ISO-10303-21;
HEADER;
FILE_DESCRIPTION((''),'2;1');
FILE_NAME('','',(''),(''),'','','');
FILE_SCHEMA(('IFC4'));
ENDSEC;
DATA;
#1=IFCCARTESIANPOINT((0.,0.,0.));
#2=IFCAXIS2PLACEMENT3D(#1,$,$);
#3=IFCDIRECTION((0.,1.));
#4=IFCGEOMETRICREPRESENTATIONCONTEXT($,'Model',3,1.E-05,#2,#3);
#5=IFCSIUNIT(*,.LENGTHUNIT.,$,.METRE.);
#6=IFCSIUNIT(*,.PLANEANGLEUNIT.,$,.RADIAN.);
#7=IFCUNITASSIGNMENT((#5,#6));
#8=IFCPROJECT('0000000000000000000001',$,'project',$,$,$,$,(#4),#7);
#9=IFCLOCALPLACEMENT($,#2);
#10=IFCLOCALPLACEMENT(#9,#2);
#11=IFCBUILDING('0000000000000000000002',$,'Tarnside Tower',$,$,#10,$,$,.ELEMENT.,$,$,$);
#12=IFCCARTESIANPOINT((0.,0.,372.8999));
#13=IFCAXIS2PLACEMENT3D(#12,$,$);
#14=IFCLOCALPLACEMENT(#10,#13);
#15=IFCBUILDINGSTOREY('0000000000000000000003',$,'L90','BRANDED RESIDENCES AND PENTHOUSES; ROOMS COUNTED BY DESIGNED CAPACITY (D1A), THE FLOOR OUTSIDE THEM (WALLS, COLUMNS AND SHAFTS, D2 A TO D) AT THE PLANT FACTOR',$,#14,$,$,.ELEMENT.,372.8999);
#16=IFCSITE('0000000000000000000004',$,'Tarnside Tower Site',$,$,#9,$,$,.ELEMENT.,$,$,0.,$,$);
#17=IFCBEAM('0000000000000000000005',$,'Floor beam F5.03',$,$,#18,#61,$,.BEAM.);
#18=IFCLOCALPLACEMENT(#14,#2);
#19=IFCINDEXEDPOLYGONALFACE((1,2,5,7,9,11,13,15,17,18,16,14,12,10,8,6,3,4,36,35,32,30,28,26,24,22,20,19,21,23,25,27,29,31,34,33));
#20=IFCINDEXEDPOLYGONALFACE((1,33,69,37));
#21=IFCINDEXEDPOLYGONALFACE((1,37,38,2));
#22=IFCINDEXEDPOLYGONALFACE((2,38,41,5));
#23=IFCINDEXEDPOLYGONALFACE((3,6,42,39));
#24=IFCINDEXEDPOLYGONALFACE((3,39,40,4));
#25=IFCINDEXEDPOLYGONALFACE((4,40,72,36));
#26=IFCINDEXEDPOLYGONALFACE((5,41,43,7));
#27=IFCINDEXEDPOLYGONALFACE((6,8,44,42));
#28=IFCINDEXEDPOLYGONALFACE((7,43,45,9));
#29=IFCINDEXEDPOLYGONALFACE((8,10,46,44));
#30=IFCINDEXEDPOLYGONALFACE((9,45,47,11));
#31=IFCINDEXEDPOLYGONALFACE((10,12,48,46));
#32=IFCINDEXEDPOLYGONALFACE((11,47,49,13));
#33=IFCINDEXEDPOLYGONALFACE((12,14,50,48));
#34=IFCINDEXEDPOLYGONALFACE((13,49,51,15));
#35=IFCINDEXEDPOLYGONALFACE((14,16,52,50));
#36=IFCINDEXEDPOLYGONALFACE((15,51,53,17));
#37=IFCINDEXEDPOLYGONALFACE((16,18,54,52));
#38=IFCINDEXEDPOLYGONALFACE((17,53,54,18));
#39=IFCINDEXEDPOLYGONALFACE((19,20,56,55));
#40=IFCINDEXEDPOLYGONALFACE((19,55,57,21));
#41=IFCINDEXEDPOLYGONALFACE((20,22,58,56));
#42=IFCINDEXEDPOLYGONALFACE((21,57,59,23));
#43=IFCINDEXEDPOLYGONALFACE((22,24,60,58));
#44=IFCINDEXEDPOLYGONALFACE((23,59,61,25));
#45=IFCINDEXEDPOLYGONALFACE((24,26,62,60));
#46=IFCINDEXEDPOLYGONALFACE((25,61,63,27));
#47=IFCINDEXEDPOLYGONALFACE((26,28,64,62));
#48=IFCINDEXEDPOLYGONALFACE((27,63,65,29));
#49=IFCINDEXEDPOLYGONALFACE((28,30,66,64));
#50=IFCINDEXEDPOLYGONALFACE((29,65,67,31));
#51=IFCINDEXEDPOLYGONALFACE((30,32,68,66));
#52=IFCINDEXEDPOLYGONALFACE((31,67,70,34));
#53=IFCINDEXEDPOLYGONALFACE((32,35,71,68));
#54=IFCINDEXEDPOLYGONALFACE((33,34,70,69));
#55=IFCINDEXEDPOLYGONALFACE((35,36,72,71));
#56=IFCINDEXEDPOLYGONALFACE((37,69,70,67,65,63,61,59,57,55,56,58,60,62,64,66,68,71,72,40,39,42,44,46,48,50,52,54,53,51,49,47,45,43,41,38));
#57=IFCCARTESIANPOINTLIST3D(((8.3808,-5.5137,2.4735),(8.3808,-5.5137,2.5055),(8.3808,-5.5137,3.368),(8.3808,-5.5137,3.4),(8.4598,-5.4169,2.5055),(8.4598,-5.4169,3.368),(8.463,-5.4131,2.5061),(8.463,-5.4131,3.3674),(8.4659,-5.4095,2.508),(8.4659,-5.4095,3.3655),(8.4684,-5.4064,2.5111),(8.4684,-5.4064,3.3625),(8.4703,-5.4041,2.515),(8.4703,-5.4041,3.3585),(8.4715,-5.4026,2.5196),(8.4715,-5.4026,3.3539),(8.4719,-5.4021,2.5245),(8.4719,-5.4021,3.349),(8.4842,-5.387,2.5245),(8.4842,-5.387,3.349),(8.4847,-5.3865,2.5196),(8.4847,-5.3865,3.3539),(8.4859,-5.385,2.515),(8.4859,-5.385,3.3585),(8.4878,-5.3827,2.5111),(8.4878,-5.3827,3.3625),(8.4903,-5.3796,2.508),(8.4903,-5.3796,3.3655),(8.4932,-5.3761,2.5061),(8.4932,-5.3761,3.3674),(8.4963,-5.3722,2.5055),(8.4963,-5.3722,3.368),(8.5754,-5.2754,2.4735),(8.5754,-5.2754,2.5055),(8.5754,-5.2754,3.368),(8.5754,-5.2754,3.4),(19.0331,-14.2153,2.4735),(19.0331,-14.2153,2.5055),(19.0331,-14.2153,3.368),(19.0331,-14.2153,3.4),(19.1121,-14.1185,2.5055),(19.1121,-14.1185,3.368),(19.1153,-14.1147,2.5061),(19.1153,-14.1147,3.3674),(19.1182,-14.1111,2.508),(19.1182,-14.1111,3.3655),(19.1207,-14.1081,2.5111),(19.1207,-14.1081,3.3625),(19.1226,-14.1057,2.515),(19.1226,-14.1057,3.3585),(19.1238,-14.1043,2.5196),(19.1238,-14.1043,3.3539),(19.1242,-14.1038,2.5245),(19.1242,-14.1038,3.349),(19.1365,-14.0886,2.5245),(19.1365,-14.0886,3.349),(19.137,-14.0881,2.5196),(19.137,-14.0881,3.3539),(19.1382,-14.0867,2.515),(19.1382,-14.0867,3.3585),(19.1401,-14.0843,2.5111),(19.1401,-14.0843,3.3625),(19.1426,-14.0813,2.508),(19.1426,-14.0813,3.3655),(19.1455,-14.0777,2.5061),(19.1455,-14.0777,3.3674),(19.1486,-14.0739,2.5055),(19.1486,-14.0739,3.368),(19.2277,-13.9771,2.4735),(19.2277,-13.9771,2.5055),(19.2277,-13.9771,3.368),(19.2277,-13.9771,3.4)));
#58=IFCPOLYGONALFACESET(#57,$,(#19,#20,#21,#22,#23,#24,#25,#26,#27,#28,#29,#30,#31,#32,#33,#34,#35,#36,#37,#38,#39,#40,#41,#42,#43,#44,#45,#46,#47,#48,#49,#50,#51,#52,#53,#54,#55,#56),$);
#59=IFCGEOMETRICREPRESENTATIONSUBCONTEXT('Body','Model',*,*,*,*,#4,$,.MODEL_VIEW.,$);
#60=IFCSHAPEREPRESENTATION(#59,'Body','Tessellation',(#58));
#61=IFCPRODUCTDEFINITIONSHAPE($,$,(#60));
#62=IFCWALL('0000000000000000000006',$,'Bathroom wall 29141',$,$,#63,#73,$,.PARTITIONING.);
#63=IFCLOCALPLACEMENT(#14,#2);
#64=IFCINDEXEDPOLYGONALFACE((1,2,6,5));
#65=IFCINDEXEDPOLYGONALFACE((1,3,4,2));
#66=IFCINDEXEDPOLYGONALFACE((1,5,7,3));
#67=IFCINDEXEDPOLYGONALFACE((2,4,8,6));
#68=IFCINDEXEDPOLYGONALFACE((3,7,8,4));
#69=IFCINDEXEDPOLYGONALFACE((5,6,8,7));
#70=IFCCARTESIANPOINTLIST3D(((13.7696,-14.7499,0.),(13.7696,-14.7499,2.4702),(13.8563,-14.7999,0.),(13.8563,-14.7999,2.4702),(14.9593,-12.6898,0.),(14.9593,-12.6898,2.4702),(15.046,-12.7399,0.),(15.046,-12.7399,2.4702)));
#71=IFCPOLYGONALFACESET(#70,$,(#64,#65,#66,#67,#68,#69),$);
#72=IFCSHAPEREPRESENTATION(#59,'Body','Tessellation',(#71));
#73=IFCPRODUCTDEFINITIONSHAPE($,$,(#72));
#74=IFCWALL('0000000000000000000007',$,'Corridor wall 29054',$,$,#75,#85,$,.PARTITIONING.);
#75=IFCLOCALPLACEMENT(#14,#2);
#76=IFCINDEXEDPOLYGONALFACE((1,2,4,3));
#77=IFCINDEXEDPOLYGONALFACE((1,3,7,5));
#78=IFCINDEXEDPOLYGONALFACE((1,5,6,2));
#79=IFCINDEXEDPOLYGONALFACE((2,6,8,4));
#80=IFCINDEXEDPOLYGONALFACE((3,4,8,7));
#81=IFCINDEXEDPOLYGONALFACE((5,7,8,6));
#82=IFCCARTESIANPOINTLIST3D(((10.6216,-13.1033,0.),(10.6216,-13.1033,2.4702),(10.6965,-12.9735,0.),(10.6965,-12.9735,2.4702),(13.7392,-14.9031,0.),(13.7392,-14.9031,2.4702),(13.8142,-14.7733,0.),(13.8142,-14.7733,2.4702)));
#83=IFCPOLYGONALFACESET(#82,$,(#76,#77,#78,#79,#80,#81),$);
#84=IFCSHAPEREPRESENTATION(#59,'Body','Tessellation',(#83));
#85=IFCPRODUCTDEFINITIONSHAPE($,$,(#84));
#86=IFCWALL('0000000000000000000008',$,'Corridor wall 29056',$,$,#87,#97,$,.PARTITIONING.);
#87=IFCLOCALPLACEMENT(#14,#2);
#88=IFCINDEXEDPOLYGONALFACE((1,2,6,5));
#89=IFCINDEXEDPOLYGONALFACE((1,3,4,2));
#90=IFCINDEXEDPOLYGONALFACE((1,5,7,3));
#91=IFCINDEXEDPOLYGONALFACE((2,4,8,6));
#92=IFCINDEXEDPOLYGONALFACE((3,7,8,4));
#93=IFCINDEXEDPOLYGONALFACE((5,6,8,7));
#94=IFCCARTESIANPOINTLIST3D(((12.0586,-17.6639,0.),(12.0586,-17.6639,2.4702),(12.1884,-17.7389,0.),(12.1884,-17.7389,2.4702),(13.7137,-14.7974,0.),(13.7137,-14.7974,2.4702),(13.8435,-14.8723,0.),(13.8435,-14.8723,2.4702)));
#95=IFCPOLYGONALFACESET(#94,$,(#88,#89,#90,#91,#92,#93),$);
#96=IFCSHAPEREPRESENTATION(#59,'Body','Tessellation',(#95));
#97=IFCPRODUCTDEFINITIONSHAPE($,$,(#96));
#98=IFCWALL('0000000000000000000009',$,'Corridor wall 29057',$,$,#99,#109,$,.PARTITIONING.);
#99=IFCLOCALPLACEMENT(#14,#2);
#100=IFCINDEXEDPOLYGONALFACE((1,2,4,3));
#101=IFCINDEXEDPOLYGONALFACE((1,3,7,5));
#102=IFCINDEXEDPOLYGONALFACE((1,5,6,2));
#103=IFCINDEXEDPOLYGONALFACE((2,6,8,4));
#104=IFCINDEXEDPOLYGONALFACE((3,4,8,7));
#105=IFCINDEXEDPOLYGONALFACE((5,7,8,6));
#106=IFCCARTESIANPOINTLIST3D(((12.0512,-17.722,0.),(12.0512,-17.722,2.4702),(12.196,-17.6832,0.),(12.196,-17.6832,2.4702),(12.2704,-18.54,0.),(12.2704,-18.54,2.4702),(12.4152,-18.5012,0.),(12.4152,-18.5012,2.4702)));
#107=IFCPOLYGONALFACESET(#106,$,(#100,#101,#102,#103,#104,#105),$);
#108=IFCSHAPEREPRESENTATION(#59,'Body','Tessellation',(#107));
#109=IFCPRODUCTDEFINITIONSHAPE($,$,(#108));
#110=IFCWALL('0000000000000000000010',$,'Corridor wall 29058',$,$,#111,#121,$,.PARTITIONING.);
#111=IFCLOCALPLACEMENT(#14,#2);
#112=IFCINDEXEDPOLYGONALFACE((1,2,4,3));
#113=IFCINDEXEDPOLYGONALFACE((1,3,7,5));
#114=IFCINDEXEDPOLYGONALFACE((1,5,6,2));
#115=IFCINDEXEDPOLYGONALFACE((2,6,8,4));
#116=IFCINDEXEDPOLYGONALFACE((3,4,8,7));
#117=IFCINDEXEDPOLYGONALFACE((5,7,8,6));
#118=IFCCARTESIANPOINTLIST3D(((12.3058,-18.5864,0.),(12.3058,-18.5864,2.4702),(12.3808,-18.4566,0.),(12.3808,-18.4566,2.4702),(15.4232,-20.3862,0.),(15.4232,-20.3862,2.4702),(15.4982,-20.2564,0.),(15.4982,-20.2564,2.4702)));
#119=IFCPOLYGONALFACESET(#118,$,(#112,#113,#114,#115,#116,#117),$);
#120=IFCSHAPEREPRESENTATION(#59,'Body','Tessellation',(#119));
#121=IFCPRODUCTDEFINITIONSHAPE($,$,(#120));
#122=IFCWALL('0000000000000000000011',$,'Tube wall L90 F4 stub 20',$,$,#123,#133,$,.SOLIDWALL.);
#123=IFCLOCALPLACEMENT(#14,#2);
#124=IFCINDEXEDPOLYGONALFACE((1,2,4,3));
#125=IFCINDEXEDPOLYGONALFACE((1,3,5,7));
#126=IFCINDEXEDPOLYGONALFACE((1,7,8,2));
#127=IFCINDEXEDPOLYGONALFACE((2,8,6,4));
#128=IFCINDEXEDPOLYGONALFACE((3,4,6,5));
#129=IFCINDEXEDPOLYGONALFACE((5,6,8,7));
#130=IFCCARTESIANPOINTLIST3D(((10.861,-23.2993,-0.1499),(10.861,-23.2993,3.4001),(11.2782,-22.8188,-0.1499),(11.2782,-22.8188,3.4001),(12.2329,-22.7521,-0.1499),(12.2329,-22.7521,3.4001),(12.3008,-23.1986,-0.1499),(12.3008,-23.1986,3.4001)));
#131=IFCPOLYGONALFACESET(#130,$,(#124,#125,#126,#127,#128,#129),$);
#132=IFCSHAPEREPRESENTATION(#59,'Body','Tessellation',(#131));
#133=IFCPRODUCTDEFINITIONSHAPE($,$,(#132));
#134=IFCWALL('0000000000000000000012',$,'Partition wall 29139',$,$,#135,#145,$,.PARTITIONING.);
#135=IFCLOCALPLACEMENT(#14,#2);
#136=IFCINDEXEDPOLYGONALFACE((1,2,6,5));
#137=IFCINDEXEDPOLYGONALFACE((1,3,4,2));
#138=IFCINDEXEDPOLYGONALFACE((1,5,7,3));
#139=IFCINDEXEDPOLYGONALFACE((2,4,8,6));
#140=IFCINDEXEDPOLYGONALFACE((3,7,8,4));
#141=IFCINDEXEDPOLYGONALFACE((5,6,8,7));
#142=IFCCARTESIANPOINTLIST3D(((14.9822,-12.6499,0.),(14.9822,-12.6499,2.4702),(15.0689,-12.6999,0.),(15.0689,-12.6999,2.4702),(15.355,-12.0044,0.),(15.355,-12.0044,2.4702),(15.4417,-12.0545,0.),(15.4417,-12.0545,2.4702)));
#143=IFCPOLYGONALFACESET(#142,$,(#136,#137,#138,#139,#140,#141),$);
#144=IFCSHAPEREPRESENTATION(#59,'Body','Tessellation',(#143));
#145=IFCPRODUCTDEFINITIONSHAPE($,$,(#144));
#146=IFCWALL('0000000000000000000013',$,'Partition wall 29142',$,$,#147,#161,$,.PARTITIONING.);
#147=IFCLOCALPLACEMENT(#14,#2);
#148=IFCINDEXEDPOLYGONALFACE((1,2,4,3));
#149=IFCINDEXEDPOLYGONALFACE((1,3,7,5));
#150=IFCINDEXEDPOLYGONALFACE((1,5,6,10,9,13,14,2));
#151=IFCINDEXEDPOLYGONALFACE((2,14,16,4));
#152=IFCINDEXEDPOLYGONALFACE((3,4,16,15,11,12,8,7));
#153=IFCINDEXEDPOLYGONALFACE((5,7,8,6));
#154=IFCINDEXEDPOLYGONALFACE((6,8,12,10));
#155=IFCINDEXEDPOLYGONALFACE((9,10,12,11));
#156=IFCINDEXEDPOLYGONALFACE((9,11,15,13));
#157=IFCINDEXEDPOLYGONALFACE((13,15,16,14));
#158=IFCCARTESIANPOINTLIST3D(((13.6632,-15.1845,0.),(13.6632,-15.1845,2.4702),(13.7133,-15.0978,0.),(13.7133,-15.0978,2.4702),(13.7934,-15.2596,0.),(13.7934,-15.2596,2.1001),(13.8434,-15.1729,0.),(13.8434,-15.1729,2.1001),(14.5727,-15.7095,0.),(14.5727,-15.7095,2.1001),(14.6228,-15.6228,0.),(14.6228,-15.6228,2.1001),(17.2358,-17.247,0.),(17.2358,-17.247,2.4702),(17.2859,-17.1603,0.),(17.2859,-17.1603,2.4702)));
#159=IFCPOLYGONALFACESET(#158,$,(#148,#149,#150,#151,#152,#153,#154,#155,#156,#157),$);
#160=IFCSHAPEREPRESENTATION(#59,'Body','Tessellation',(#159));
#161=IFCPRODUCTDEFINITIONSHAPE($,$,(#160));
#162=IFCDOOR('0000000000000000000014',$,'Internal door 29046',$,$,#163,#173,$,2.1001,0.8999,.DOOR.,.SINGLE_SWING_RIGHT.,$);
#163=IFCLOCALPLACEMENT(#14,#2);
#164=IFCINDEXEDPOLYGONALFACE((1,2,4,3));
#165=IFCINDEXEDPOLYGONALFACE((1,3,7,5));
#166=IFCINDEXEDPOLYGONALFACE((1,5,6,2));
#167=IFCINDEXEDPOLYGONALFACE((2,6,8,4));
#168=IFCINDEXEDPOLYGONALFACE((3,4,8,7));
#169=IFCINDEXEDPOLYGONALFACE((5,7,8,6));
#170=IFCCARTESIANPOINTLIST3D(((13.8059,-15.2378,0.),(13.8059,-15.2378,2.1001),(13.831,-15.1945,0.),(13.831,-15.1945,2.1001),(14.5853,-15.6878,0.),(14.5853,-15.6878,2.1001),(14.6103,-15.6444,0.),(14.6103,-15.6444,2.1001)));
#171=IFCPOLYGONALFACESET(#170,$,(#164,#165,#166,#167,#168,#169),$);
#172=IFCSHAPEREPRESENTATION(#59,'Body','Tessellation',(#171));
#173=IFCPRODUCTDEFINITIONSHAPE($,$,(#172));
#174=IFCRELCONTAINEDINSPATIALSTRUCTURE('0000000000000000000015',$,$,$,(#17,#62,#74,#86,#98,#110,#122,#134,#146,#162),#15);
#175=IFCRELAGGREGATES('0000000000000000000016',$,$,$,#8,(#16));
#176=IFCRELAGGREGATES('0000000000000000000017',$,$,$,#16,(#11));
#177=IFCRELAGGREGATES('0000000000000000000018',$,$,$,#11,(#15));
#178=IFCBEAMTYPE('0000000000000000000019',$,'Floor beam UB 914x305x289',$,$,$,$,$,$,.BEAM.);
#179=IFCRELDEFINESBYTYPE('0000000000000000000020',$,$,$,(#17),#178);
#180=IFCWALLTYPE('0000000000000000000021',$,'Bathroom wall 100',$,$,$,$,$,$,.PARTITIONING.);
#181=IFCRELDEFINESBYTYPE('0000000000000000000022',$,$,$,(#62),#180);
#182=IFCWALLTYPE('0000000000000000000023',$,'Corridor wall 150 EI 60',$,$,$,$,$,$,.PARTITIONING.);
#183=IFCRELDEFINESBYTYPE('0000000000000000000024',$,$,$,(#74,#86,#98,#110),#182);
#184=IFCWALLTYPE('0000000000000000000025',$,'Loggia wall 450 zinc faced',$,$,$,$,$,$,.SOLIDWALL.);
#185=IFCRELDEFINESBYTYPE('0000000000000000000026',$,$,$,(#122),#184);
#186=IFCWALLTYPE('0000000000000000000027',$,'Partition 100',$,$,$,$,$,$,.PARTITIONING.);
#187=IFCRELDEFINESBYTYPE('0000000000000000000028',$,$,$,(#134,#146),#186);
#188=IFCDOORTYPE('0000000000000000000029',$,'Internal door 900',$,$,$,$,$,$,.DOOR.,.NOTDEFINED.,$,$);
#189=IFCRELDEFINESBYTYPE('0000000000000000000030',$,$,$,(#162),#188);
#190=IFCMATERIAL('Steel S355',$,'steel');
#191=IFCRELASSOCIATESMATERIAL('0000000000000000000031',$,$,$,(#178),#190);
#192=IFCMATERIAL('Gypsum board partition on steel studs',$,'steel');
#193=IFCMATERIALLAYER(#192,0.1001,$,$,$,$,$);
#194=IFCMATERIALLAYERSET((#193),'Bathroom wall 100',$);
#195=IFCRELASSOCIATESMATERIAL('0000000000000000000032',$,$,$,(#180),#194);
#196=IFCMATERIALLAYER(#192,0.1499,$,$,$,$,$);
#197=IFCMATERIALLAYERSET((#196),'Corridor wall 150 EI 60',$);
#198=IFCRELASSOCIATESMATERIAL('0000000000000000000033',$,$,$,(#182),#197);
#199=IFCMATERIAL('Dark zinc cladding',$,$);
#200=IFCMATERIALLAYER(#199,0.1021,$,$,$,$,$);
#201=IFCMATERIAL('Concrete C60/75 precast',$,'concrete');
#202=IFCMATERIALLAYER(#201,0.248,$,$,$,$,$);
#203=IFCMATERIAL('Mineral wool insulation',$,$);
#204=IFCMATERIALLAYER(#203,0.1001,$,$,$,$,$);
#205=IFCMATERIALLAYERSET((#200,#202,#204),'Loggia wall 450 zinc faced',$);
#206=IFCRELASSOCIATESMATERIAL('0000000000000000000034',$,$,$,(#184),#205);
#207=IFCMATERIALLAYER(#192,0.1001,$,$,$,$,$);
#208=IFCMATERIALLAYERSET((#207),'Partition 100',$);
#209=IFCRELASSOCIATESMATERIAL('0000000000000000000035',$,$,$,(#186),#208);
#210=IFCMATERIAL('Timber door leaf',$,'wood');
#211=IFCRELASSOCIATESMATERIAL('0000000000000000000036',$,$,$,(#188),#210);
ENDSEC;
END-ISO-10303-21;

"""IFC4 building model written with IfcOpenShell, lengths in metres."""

from ifc_helpers import new_model, si_unit, direction, frame, frame_2d, origin, origin_2d, place, context, subcontext, project, spatial, polyline, rectangle, i_section, outline, extrude, material, layer, layer_set, material_profile, profile_set, type_object, element, fill, save


model = new_model("IFC4")

# Units and contexts
model_context = context("Model", 3, precision=1e-05, world=origin(), true_north=direction((0.0, 1.0)))
body_context = subcontext(model_context, "Body", "Model", "MODEL_VIEW")
ifc_project = project(units=[si_unit("LENGTHUNIT", "METRE"), si_unit("PLANEANGLEUNIT", "RADIAN")], contexts=[model_context])

# Site, building, storey
site_placement = place(None, origin())
site = spatial("IfcSite", under=ifc_project, at=site_placement, Name="Tarnside Tower Site", CompositionType="ELEMENT", RefElevation=0.0)
building_placement = place(site_placement, origin())
building = spatial("IfcBuilding", under=site, at=building_placement, Name="Tarnside Tower", CompositionType="ELEMENT")
storey_placement = place(building_placement, frame((0.0, 0.0, 372.8999)))
storey = spatial("IfcBuildingStorey", under=building, at=storey_placement, Name="L90", Description="BRANDED RESIDENCES AND PENTHOUSES; ROOMS COUNTED BY DESIGNED CAPACITY (D1A), THE FLOOR OUTSIDE THEM (WALLS, COLUMNS AND SHAFTS, D2 A TO D) AT THE PLANT FACTOR", CompositionType="ELEMENT", Elevation=372.8999)

# Beam
ifc_material_1 = material(Name="Steel S355", Category="steel")
ifc_material_profile = material_profile(ifc_material_1, i_section(OverallWidth=0.3076, OverallDepth=0.9265, WebThickness=0.0195, FlangeThickness=0.032, FilletRadius=0.019, at=origin_2d()), Name="UB 914x305x289")
ifc_profile_set = profile_set([ifc_material_profile], Name="Steel S355")
beam_type = type_object("IfcBeamType", Name="Floor beam UB 914x305x289", PredefinedType="BEAM", material=ifc_profile_set)
beam_1_placement = place(storey_placement, frame((19.1304, -14.0962, 2.9368), z_axis=(-0.774452, 0.632633, 0.0), x_axis=(-0.632633, -0.774452, 0.0)))
element("IfcBeam", 1, at=beam_1_placement, inside=storey, type_object=beam_type, Name="Floor beam F5.03", PredefinedType="BEAM", context=body_context, shape_type="SweptSolid", body=[
    extrude(i_section(OverallWidth=0.3076, OverallDepth=0.9265, WebThickness=0.0195, FlangeThickness=0.032, FilletRadius=0.019, at=origin_2d()), origin(), (0.0, 0.0, 1.0), 13.7546),
])

# Walls
ifc_material_2 = material(Name="Gypsum board partition on steel studs", Category="steel")
ifc_layer_1 = layer(ifc_material_2, 0.1001)
ifc_layer_set_1 = layer_set([ifc_layer_1], Name="Bathroom wall 100")
wall_type_1 = type_object("IfcWallType", Name="Bathroom wall 100", PredefinedType="PARTITIONING", material=ifc_layer_set_1)
wall_1_placement = place(storey_placement, frame((13.813, -14.7749, 0.0), z_axis=(0.0, 0.0, 1.0), x_axis=(0.500101, 0.865967, 0.0)))
element("IfcWall", 2, at=wall_1_placement, inside=storey, type_object=wall_type_1, Name="Bathroom wall 29141", PredefinedType="PARTITIONING", context=body_context, shape_type="SweptSolid", body=[
    extrude(rectangle(XDim=2.3789, YDim=0.1001, at=frame_2d((1.1895, 0.0))), origin(), (0.0, 0.0, 1.0), 2.4702),
])
ifc_layer_2 = layer(ifc_material_2, 0.1499)
ifc_layer_set_2 = layer_set([ifc_layer_2], Name="Corridor wall 150 EI 60")
wall_type_2 = type_object("IfcWallType", Name="Corridor wall 150 EI 60", PredefinedType="PARTITIONING", material=ifc_layer_set_2)
wall_2_placement = place(storey_placement, frame((13.7766, -14.8381, 0.0), z_axis=(0.0, 0.0, 1.0), x_axis=(-0.866048, 0.499961, 0.0)))
element("IfcWall", 3, at=wall_2_placement, inside=storey, type_object=wall_type_2, Name="Corridor wall 29054", PredefinedType="PARTITIONING", context=body_context, shape_type="SweptSolid", body=[
    extrude(rectangle(XDim=3.5999, YDim=0.1499, at=frame_2d((1.7998, 0.0))), origin(), (0.0, 0.0, 1.0), 2.4702),
])
wall_3_placement = place(storey_placement, frame((12.1235, -17.7014, 0.0), z_axis=(0.0, 0.0, 1.0), x_axis=(0.500018, 0.866015, 0.0)))
element("IfcWall", 4, at=wall_3_placement, inside=storey, type_object=wall_type_2, Name="Corridor wall 29056", PredefinedType="PARTITIONING", context=body_context, shape_type="SweptSolid", body=[
    extrude(rectangle(XDim=3.3101, YDim=0.1499, at=frame_2d((1.655, 0.0))), origin(), (0.0, 0.0, 1.0), 2.4702),
])
wall_4_placement = place(storey_placement, frame((12.3428, -18.5205, 0.0), z_axis=(0.0, 0.0, 1.0), x_axis=(-0.258847, 0.965918, 0.0)))
element("IfcWall", 5, at=wall_4_placement, inside=storey, type_object=wall_type_2, Name="Corridor wall 29057", PredefinedType="PARTITIONING", context=body_context, shape_type="SweptSolid", body=[
    extrude(rectangle(XDim=0.8469, YDim=0.1499, at=frame_2d((0.4233, 0.0))), origin(), (0.0, 0.0, 1.0), 2.4702),
])
wall_5_placement = place(storey_placement, frame((15.4607, -20.3213, 0.0), z_axis=(0.0, 0.0, 1.0), x_axis=(-0.866031, 0.499991, 0.0)))
element("IfcWall", 6, at=wall_5_placement, inside=storey, type_object=wall_type_2, Name="Corridor wall 29058", PredefinedType="PARTITIONING", context=body_context, shape_type="SweptSolid", body=[
    extrude(rectangle(XDim=3.5996, YDim=0.1499, at=frame_2d((1.7998, 0.0))), origin(), (0.0, 0.0, 1.0), 2.4702),
])
ifc_material_3 = material(Name="Dark zinc cladding")
ifc_layer_3 = layer(ifc_material_3, 0.1021)
ifc_material_4 = material(Name="Concrete C60/75 precast", Category="concrete")
ifc_layer_4 = layer(ifc_material_4, 0.248)
ifc_material_5 = material(Name="Mineral wool insulation")
ifc_layer_5 = layer(ifc_material_5, 0.1001)
ifc_layer_set_3 = layer_set([ifc_layer_3, ifc_layer_4, ifc_layer_5], Name="Loggia wall 450 zinc faced")
wall_type_3 = type_object("IfcWallType", Name="Loggia wall 450 zinc faced", PredefinedType="SOLIDWALL", material=ifc_layer_set_3)
wall_6_placement = place(storey_placement, frame((11.0696, -23.0591, -0.1499), z_axis=(0.0, 0.0, 1.0), x_axis=(0.997563, 0.069772, 0.0)))
element("IfcWall", 7, at=wall_6_placement, inside=storey, type_object=wall_type_3, Name="Tube wall L90 F4 stub 20", PredefinedType="SOLIDWALL", context=body_context, shape_type="SweptSolid", body=[
    extrude(outline(polyline([(-0.2249, -0.2251), (1.2185, -0.2251), (1.1819, 0.2251), (0.2249, 0.2251), (-0.2249, -0.2251)])), origin(), (0.0, 0.0, 1.0), 3.55),
])
ifc_layer_6 = layer(ifc_material_2, 0.1001)
ifc_layer_set_4 = layer_set([ifc_layer_6], Name="Partition 100")
wall_type_4 = type_object("IfcWallType", Name="Partition 100", PredefinedType="PARTITIONING", material=ifc_layer_set_4)
wall_7_placement = place(storey_placement, frame((15.0256, -12.6748, 0.0), z_axis=(0.0, 0.0, 1.0), x_axis=(0.500119, 0.865956, 0.0)))
element("IfcWall", 8, at=wall_7_placement, inside=storey, type_object=wall_type_4, Name="Partition wall 29139", PredefinedType="PARTITIONING", context=body_context, shape_type="SweptSolid", body=[
    extrude(rectangle(XDim=0.7454, YDim=0.1001, at=frame_2d((0.3726, 0.0))), origin(), (0.0, 0.0, 1.0), 2.4702),
])

# Wall, opening, door
wall_8_placement = place(storey_placement, frame((17.2607, -17.2036, 0.0), z_axis=(0.0, 0.0, 1.0), x_axis=(-0.866035, 0.499984, 0.0)))
wall_8 = element("IfcWall", 9, at=wall_8_placement, inside=storey, type_object=wall_type_4, Name="Partition wall 29142", PredefinedType="PARTITIONING", context=body_context, shape_type="SweptSolid", body=[
    extrude(rectangle(XDim=4.1252, YDim=0.1001, at=frame_2d((2.0625, 0.0))), origin(), (0.0, 0.0, 1.0), 2.4702),
])
opening_1_placement = place(wall_8_placement, frame((3.075, 0.0, 0.0)))
opening_1 = element("IfcOpeningElement", 10, at=opening_1_placement, cuts=wall_8, PredefinedType="OPENING", context=body_context, shape_type="SweptSolid", body=[
    extrude(rectangle(XDim=0.8999, YDim=2.1001, at=frame_2d((0.45, 1.05))), frame((0.0, 0.0601, 0.0), z_axis=(0.0, -1.0, 0.0), x_axis=(1.0, 0.0, 0.0)), (0.0, 0.0, 1.0), 0.1201),
])
ifc_material_6 = material(Name="Timber door leaf", Category="wood")
door_type = type_object("IfcDoorType", Name="Internal door 900", OperationType="NOTDEFINED", PredefinedType="DOOR", material=ifc_material_6)
door_placement = place(opening_1_placement, origin())
door = element("IfcDoor", 11, at=door_placement, inside=storey, type_object=door_type, Name="Internal door 29046", OperationType="SINGLE_SWING_RIGHT", OverallHeight=2.1001, OverallWidth=0.8999, PredefinedType="DOOR", context=body_context, shape_type="SweptSolid", body=[
    extrude(rectangle(XDim=0.8999, YDim=2.1001, at=frame_2d((0.45, 1.05))), frame((0.0, 0.0249, 0.0), z_axis=(0.0, -1.0, 0.0), x_axis=(1.0, 0.0, 0.0)), (0.0, 0.0, 1.0), 0.05),
])
fill(opening_1, door)

save(model, "model.ifc")
